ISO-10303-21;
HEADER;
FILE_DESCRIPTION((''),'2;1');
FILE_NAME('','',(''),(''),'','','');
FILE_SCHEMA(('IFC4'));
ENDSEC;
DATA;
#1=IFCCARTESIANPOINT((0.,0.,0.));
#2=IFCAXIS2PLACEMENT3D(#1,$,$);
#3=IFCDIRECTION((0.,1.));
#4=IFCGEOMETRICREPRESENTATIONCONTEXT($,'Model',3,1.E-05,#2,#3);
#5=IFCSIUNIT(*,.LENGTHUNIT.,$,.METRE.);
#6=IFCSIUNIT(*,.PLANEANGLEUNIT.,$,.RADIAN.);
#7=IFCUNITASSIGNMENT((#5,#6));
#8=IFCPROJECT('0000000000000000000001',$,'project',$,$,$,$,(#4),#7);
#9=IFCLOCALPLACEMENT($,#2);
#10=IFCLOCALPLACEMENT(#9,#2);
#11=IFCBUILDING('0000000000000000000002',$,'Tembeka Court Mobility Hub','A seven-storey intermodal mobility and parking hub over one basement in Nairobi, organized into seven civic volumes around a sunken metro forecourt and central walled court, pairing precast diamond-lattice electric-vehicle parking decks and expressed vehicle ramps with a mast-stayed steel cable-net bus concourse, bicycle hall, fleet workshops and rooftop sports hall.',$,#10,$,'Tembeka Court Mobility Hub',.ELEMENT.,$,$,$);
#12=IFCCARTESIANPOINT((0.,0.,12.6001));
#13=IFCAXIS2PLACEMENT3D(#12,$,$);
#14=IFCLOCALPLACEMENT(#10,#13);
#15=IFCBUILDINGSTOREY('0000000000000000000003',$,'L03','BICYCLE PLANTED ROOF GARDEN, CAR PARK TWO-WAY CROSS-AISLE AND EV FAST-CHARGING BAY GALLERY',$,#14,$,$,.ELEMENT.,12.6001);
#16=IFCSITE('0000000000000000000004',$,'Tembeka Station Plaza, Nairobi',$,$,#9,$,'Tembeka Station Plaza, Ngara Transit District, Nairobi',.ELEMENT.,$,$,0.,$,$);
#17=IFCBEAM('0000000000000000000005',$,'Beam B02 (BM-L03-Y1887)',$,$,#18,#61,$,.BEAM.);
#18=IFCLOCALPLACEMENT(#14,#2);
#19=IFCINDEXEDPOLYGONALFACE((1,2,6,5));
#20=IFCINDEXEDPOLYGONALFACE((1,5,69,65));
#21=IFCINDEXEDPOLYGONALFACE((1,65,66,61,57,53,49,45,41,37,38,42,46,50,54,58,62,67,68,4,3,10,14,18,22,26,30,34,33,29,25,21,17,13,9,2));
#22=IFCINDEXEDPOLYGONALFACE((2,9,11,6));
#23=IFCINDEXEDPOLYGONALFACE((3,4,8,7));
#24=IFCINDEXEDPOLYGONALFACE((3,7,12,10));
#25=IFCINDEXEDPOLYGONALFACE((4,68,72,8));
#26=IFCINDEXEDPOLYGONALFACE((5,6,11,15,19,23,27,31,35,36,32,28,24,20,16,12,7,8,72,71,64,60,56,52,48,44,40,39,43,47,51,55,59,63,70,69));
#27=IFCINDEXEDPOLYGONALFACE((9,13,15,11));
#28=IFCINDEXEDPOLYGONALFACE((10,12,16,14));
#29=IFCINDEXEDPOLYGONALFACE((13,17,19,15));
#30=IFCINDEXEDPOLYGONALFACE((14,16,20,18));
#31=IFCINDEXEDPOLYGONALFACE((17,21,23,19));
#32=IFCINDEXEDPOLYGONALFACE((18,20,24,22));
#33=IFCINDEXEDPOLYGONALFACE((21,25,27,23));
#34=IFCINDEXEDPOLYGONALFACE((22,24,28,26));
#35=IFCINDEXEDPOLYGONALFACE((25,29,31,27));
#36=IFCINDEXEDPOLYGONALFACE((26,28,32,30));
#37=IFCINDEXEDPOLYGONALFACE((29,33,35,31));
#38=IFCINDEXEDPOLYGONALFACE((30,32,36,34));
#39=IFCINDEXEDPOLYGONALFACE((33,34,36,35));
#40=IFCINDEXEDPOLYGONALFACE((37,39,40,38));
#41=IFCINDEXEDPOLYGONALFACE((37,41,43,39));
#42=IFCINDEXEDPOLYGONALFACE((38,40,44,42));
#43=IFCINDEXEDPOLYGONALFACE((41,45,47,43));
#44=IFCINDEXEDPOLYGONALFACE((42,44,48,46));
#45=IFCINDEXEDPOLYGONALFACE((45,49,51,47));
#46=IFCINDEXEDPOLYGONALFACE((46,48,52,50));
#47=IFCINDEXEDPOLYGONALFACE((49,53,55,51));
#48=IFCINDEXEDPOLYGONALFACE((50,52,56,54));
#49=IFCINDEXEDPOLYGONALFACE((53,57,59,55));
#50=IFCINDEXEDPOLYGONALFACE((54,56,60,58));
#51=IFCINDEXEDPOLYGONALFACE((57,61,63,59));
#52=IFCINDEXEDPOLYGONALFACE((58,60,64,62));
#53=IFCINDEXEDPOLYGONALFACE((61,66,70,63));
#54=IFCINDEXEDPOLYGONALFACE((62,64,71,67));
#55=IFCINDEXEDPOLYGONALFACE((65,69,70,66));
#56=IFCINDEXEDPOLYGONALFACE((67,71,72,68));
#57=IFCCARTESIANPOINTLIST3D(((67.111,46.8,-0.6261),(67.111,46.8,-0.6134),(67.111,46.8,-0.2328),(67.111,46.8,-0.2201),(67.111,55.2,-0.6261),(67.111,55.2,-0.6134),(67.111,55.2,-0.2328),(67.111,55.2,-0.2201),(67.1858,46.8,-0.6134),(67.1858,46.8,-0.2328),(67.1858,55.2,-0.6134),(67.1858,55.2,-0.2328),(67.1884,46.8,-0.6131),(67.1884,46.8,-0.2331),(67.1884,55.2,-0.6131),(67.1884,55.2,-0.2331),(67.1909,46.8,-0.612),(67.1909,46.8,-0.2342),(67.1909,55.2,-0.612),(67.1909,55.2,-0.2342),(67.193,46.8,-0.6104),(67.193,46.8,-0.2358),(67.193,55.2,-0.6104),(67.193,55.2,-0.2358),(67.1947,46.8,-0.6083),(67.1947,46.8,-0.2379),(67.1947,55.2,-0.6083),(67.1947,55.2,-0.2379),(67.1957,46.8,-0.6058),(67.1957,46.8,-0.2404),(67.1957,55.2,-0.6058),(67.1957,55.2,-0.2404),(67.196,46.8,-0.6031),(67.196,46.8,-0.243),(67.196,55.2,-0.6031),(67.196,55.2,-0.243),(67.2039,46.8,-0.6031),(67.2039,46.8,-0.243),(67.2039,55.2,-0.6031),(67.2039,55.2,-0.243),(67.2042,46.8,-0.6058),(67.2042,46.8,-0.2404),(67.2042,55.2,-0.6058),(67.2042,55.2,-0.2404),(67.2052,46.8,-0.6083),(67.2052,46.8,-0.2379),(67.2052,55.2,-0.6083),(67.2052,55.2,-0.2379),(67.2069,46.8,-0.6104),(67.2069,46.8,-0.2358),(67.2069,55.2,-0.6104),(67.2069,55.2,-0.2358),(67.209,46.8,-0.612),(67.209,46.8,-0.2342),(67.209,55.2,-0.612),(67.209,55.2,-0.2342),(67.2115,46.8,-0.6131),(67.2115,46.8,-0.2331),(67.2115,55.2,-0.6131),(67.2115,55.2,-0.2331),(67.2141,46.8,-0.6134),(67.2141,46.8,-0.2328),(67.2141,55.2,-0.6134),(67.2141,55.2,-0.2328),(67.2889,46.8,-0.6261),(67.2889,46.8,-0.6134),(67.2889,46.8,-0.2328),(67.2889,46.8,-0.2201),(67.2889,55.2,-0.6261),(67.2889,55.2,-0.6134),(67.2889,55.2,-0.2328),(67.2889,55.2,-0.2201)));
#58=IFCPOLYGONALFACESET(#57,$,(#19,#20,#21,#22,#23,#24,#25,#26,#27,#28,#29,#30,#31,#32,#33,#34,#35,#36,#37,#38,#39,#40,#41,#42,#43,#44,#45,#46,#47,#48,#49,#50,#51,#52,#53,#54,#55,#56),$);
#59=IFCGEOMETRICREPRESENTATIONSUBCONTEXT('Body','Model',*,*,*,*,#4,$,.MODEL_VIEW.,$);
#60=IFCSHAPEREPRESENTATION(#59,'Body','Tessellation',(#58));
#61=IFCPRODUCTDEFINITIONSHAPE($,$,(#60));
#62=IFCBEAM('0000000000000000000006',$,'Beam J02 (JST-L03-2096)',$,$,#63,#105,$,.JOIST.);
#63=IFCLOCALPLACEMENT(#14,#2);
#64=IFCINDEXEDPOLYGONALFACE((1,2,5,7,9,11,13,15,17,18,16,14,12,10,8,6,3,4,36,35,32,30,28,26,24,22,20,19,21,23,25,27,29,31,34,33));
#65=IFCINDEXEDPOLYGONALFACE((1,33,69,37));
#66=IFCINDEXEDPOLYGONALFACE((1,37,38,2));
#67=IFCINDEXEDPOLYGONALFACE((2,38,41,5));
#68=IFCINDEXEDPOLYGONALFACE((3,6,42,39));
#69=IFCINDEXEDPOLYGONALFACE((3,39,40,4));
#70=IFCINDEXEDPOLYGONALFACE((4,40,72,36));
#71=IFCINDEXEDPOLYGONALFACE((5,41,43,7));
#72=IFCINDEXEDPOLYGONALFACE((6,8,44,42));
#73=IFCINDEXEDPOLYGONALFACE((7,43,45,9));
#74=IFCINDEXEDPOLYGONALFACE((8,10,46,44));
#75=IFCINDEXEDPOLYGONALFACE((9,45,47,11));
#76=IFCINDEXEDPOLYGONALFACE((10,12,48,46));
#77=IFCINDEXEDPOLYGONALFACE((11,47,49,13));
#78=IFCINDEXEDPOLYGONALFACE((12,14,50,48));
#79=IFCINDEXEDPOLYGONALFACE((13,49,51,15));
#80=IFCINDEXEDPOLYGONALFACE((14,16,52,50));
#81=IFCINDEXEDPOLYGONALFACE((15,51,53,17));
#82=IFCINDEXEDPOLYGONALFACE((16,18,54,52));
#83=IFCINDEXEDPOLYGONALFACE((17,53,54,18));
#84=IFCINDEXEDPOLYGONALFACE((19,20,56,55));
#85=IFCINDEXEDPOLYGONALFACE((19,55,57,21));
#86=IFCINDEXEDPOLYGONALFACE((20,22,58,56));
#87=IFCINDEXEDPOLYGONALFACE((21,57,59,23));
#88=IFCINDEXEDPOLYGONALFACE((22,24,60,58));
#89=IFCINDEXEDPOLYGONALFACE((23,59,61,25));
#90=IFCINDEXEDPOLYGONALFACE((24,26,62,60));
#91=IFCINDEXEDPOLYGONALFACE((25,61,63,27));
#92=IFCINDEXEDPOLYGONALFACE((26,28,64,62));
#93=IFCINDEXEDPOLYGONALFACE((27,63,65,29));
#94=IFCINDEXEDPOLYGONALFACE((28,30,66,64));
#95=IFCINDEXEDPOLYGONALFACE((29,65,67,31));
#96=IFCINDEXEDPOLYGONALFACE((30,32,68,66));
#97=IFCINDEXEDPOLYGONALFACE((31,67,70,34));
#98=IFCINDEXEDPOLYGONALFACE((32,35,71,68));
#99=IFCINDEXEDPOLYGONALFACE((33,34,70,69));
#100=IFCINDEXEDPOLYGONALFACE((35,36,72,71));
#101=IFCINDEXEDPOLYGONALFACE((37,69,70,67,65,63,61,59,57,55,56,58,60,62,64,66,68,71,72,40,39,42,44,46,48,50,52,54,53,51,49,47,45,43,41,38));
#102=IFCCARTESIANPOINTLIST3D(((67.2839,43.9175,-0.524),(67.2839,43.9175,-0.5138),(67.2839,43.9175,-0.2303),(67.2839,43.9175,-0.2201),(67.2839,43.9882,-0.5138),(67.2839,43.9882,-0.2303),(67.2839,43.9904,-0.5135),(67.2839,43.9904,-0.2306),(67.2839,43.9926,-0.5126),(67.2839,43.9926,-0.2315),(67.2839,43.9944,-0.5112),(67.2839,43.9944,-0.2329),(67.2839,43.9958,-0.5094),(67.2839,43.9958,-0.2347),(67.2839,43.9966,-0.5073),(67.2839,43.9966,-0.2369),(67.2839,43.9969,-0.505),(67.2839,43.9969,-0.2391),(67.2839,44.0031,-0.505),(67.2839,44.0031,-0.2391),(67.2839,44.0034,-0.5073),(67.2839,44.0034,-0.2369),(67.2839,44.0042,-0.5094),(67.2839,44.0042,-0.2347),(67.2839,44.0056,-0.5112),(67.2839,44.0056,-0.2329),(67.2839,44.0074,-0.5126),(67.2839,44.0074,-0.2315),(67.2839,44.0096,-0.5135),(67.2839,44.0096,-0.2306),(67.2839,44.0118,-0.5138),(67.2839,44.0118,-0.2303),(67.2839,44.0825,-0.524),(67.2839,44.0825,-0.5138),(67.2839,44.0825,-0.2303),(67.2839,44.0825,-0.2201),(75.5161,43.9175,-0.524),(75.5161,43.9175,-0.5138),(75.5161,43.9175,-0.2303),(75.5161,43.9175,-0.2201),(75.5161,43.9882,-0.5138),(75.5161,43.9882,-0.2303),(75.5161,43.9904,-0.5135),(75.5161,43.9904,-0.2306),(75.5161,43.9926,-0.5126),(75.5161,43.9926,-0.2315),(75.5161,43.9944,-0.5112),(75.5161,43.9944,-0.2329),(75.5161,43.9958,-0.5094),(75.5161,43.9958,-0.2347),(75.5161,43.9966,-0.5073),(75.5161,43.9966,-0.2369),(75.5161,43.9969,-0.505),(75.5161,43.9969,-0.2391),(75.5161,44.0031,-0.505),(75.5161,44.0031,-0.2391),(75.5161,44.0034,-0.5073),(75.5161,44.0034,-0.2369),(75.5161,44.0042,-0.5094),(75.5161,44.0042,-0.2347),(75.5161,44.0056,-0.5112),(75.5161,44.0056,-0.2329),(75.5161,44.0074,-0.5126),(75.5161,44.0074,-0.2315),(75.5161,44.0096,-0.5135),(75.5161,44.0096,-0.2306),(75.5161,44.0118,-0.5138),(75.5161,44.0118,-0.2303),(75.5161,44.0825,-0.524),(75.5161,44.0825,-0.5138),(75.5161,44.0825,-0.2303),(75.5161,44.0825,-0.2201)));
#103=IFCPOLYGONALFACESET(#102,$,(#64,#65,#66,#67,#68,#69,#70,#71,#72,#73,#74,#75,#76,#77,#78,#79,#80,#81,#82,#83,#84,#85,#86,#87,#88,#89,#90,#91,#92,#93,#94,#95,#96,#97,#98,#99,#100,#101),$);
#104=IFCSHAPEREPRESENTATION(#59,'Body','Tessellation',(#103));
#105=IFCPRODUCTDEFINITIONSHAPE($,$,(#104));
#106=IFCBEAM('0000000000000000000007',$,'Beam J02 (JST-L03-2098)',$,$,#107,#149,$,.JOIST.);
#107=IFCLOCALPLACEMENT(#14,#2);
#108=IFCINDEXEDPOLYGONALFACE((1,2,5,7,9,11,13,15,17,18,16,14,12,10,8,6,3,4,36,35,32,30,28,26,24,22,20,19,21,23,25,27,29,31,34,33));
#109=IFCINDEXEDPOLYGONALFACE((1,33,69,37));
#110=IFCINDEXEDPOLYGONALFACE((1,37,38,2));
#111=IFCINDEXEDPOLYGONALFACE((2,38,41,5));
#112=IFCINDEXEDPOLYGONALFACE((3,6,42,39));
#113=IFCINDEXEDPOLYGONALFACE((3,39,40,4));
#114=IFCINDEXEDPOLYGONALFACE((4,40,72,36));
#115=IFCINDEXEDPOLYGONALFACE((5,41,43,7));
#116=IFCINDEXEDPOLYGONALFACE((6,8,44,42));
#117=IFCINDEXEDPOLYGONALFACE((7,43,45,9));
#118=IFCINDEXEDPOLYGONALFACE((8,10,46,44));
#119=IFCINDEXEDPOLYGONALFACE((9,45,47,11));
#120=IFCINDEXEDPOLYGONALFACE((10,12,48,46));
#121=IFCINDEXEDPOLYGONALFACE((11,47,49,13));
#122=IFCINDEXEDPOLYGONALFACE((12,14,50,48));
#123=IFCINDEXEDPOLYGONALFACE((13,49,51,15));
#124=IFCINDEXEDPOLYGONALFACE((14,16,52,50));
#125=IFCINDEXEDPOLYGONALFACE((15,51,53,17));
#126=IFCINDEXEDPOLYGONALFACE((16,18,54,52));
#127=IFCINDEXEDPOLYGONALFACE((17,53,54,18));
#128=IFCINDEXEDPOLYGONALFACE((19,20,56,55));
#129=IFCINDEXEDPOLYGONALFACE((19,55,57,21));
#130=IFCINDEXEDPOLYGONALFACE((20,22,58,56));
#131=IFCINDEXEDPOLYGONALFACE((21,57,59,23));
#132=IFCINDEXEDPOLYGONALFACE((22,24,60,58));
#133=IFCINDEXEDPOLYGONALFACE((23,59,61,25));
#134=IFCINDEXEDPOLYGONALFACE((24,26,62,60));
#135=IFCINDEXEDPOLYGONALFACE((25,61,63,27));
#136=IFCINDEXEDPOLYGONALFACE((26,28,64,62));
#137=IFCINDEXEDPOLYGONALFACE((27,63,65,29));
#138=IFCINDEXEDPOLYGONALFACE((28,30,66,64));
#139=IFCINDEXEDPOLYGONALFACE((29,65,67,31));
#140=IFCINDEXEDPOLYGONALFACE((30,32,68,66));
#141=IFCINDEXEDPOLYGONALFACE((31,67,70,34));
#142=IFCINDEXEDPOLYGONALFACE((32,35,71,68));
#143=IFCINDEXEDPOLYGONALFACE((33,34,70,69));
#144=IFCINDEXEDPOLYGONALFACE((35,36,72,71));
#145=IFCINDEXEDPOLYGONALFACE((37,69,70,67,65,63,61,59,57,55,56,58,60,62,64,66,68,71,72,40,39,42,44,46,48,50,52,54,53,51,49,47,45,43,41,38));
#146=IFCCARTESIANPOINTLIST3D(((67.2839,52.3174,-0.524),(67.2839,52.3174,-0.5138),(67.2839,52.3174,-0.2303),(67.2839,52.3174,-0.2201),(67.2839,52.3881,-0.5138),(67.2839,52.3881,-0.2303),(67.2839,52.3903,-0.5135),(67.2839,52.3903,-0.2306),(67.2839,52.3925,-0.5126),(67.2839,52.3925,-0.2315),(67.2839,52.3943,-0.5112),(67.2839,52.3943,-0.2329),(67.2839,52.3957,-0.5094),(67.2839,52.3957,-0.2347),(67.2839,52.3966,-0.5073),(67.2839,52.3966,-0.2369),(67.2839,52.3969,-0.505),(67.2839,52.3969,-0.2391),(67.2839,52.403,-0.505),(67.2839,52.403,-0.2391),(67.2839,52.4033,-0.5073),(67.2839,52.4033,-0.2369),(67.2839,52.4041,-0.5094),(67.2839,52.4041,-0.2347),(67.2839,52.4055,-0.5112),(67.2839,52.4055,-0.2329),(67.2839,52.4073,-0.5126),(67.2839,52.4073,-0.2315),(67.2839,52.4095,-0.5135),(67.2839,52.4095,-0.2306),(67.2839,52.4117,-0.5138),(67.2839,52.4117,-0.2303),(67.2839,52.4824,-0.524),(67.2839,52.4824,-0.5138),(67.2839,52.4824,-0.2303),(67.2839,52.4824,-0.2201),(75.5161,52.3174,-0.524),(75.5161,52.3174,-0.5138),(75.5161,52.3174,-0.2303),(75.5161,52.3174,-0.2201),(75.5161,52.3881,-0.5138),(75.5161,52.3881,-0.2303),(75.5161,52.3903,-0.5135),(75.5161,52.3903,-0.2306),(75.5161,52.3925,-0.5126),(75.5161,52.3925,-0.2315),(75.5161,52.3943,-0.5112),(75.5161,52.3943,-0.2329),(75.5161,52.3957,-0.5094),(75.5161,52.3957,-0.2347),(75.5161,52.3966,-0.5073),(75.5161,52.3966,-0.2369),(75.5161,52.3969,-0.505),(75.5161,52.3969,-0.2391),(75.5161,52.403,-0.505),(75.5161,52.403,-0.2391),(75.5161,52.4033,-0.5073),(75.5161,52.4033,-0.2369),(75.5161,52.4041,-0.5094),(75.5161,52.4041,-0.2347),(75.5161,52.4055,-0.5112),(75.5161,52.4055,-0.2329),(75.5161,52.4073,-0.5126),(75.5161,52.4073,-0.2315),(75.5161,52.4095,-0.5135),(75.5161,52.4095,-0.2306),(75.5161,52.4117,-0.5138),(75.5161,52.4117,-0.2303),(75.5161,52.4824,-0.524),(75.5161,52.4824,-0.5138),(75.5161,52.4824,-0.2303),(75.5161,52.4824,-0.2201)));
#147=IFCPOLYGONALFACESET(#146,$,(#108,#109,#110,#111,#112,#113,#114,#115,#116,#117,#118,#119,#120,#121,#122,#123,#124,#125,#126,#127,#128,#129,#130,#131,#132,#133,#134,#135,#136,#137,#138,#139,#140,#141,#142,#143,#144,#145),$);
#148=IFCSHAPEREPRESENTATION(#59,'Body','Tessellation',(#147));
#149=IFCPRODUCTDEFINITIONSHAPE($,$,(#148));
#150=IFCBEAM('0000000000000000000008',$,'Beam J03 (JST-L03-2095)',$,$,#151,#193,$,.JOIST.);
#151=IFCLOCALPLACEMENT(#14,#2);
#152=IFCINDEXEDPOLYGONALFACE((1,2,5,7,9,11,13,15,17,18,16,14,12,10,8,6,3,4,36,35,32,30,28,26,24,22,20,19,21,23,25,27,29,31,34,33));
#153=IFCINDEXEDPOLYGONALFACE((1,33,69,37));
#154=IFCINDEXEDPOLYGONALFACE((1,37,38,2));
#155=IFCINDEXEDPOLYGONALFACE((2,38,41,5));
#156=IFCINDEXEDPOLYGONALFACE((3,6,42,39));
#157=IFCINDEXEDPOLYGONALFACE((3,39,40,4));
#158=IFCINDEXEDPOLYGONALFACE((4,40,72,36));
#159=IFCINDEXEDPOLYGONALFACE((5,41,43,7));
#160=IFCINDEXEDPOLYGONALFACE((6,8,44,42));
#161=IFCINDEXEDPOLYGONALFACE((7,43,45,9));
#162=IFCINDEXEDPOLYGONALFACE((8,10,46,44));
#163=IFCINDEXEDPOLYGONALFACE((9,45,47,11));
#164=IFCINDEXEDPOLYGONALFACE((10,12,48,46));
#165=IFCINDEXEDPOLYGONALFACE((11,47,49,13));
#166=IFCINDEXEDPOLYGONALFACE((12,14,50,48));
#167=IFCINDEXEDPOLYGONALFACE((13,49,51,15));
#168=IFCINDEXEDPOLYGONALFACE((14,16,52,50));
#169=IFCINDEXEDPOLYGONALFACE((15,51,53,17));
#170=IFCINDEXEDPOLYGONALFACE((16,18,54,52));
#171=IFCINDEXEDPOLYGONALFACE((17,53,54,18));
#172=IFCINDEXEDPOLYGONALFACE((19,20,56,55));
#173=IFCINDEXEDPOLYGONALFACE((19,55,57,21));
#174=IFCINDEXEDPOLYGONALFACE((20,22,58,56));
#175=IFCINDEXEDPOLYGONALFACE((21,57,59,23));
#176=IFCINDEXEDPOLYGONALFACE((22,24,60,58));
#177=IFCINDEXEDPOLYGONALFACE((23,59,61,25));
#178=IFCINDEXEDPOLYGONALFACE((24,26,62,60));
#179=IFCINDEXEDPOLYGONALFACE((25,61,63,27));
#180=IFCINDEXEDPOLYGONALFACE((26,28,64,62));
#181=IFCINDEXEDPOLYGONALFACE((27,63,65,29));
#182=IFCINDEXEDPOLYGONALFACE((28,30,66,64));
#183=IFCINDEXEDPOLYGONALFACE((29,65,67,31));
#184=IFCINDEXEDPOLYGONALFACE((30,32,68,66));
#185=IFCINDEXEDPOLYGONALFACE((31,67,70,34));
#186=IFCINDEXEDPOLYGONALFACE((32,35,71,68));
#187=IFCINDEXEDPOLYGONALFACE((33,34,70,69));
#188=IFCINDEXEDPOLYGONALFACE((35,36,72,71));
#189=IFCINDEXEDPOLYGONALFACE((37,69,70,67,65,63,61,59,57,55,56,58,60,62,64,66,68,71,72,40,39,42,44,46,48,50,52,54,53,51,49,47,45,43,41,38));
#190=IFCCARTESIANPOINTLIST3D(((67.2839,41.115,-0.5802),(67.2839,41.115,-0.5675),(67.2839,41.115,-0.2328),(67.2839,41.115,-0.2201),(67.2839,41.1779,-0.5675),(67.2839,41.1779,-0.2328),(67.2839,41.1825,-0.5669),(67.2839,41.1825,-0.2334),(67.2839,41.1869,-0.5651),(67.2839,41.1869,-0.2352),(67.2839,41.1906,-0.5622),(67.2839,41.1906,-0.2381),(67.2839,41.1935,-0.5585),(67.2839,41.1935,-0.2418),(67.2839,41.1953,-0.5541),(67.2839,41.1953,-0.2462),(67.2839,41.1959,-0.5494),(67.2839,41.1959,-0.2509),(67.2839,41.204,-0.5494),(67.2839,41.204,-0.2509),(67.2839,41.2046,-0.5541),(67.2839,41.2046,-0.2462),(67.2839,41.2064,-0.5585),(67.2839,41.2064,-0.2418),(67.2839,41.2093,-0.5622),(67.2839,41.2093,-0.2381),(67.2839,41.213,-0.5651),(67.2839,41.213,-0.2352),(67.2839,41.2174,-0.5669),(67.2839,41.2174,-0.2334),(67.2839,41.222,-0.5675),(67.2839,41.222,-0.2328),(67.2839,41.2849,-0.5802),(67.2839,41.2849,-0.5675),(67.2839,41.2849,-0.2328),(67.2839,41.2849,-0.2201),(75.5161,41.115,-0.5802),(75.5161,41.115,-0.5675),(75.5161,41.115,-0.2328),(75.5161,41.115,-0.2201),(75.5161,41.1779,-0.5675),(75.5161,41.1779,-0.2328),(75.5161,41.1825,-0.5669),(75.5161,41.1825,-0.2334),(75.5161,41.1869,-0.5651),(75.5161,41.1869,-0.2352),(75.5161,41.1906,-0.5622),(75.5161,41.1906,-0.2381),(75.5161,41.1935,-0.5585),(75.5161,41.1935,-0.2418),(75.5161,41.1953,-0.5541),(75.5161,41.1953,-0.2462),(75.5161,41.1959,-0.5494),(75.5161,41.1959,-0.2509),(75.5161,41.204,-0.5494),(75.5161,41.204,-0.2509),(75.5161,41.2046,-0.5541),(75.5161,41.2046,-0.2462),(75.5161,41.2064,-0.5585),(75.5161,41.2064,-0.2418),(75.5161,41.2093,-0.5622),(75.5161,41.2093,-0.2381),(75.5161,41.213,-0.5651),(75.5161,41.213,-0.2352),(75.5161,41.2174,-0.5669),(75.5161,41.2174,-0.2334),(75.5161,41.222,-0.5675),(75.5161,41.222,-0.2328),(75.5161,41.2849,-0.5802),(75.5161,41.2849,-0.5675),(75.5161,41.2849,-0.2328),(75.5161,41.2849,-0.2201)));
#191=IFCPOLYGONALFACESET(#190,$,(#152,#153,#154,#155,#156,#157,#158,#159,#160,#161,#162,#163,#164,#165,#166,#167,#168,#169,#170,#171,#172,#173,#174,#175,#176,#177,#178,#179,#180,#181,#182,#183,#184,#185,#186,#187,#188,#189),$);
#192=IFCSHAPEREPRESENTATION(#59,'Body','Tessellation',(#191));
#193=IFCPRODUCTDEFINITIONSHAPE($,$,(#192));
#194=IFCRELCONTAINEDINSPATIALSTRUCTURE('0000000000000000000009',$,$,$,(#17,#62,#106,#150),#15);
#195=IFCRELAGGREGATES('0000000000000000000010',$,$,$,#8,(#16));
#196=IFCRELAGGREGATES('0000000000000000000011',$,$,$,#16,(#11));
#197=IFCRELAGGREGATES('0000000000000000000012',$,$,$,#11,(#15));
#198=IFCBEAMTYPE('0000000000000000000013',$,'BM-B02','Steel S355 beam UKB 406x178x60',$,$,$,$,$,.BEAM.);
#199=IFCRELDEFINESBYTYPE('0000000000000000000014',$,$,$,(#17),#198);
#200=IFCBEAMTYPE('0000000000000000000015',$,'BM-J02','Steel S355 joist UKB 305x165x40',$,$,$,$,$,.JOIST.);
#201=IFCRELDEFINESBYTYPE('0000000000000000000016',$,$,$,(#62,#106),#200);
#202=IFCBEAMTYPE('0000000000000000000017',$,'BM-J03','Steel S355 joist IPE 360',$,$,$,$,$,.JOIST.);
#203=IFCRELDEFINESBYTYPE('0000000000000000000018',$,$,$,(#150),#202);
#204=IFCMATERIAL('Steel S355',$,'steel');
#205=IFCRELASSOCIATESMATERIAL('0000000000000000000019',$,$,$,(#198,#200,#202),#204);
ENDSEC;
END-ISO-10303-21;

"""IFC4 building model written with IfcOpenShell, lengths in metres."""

from ifc_helpers import new_model, si_unit, direction, frame, origin, origin_2d, place, context, subcontext, project, spatial, i_section, extrude, material, material_profile, profile_set, type_object, element, save


model = new_model("IFC4")

# Units and contexts
model_context = context("Model", 3, precision=1e-05, world=origin(), true_north=direction((0.0, 1.0)))
body_context = subcontext(model_context, "Body", "Model", "MODEL_VIEW")
ifc_project = project(units=[si_unit("LENGTHUNIT", "METRE"), si_unit("PLANEANGLEUNIT", "RADIAN")], contexts=[model_context])

# Site, building, storey
site_placement = place(None, origin())
site = spatial("IfcSite", under=ifc_project, at=site_placement, Name="Tembeka Station Plaza, Nairobi", LongName="Tembeka Station Plaza, Ngara Transit District, Nairobi", CompositionType="ELEMENT", RefElevation=0.0)
building_placement = place(site_placement, origin())
building = spatial("IfcBuilding", under=site, at=building_placement, Name="Tembeka Court Mobility Hub", Description="A seven-storey intermodal mobility and parking hub over one basement in Nairobi, organized into seven civic volumes around a sunken metro forecourt and central walled court, pairing precast diamond-lattice electric-vehicle parking decks and expressed vehicle ramps with a mast-stayed steel cable-net bus concourse, bicycle hall, fleet workshops and rooftop sports hall.", LongName="Tembeka Court Mobility Hub", CompositionType="ELEMENT")
storey_placement = place(building_placement, frame((0.0, 0.0, 12.6001)))
storey = spatial("IfcBuildingStorey", under=building, at=storey_placement, Name="L03", Description="BICYCLE PLANTED ROOF GARDEN, CAR PARK TWO-WAY CROSS-AISLE AND EV FAST-CHARGING BAY GALLERY", CompositionType="ELEMENT", Elevation=12.6001)

# Shared definitions
ifc_material_1 = material(Name="Steel S355", Category="steel")

# Beams
ifc_material_profile_1 = material_profile(ifc_material_1, i_section(OverallWidth=0.178, OverallDepth=0.406, WebThickness=0.0078, FlangeThickness=0.0127, FilletRadius=0.0103, at=origin_2d()), Name="UKB 406x178x60")
ifc_profile_set_1 = profile_set([ifc_material_profile_1], Name="Steel S355")
beam_type_1 = type_object("IfcBeamType", Name="BM-B02", Description="Steel S355 beam UKB 406x178x60", PredefinedType="BEAM", material=ifc_profile_set_1)
beam_1_placement = place(storey_placement, frame((67.2, 46.8, -0.4231), z_axis=(0.0, 1.0, 0.0), x_axis=(-1.0, 0.0, 0.0)))
element("IfcBeam", 1, at=beam_1_placement, inside=storey, type_object=beam_type_1, Name="Beam B02 (BM-L03-Y1887)", PredefinedType="BEAM", context=body_context, shape_type="SweptSolid", body=[
    extrude(i_section(OverallWidth=0.178, OverallDepth=0.406, WebThickness=0.0078, FlangeThickness=0.0127, FilletRadius=0.0103, at=origin_2d()), origin(), (0.0, 0.0, 1.0), 8.3999),
])
ifc_material_profile_2 = material_profile(ifc_material_1, i_section(OverallWidth=0.165, OverallDepth=0.304, WebThickness=0.0061, FlangeThickness=0.0103, FilletRadius=0.0088, at=origin_2d()), Name="UKB 305x165x40")
ifc_profile_set_2 = profile_set([ifc_material_profile_2], Name="Steel S355")
beam_type_2 = type_object("IfcBeamType", Name="BM-J02", Description="Steel S355 joist UKB 305x165x40", PredefinedType="JOIST", material=ifc_profile_set_2)
for number, where, z_axis, x_axis, name in (
    (2, (67.2839, 44.0, -0.3721), (1.0, 0.0, 0.0), (0.0, 1.0, 0.0), "Beam J02 (JST-L03-2096)"),
    (3, (67.2839, 52.3999, -0.3721), (1.0, 0.0, 0.0), (0.0, 1.0, 0.0), "Beam J02 (JST-L03-2098)"),
):
    element("IfcBeam", number, at=place(storey_placement, frame(where, z_axis=z_axis, x_axis=x_axis)), inside=storey, type_object=beam_type_2, Name=name, PredefinedType="JOIST", context=body_context, shape_type="SweptSolid", body=[
        extrude(i_section(OverallWidth=0.165, OverallDepth=0.304, WebThickness=0.0061, FlangeThickness=0.0103, FilletRadius=0.0088, at=origin_2d()), origin(), (0.0, 0.0, 1.0), 8.2322),
    ])
ifc_material_profile_3 = material_profile(ifc_material_1, i_section(OverallWidth=0.1699, OverallDepth=0.3601, WebThickness=0.0081, FlangeThickness=0.0127, FilletRadius=0.0181, at=origin_2d()), Name="IPE 360")
ifc_profile_set_3 = profile_set([ifc_material_profile_3], Name="Steel S355")
beam_type_3 = type_object("IfcBeamType", Name="BM-J03", Description="Steel S355 joist IPE 360", PredefinedType="JOIST", material=ifc_profile_set_3)
for number, where, z_axis, x_axis, name in (
    (4, (67.2839, 41.2, -0.4001), (1.0, 0.0, 0.0), (0.0, 1.0, 0.0), "Beam J03 (JST-L03-2095)"),
):
    element("IfcBeam", number, at=place(storey_placement, frame(where, z_axis=z_axis, x_axis=x_axis)), inside=storey, type_object=beam_type_3, Name=name, PredefinedType="JOIST", context=body_context, shape_type="SweptSolid", body=[
        extrude(i_section(OverallWidth=0.1699, OverallDepth=0.3601, WebThickness=0.0081, FlangeThickness=0.0127, FilletRadius=0.0181, at=origin_2d()), origin(), (0.0, 0.0, 1.0), 8.2322),
    ])

save(model, "model.ifc")
